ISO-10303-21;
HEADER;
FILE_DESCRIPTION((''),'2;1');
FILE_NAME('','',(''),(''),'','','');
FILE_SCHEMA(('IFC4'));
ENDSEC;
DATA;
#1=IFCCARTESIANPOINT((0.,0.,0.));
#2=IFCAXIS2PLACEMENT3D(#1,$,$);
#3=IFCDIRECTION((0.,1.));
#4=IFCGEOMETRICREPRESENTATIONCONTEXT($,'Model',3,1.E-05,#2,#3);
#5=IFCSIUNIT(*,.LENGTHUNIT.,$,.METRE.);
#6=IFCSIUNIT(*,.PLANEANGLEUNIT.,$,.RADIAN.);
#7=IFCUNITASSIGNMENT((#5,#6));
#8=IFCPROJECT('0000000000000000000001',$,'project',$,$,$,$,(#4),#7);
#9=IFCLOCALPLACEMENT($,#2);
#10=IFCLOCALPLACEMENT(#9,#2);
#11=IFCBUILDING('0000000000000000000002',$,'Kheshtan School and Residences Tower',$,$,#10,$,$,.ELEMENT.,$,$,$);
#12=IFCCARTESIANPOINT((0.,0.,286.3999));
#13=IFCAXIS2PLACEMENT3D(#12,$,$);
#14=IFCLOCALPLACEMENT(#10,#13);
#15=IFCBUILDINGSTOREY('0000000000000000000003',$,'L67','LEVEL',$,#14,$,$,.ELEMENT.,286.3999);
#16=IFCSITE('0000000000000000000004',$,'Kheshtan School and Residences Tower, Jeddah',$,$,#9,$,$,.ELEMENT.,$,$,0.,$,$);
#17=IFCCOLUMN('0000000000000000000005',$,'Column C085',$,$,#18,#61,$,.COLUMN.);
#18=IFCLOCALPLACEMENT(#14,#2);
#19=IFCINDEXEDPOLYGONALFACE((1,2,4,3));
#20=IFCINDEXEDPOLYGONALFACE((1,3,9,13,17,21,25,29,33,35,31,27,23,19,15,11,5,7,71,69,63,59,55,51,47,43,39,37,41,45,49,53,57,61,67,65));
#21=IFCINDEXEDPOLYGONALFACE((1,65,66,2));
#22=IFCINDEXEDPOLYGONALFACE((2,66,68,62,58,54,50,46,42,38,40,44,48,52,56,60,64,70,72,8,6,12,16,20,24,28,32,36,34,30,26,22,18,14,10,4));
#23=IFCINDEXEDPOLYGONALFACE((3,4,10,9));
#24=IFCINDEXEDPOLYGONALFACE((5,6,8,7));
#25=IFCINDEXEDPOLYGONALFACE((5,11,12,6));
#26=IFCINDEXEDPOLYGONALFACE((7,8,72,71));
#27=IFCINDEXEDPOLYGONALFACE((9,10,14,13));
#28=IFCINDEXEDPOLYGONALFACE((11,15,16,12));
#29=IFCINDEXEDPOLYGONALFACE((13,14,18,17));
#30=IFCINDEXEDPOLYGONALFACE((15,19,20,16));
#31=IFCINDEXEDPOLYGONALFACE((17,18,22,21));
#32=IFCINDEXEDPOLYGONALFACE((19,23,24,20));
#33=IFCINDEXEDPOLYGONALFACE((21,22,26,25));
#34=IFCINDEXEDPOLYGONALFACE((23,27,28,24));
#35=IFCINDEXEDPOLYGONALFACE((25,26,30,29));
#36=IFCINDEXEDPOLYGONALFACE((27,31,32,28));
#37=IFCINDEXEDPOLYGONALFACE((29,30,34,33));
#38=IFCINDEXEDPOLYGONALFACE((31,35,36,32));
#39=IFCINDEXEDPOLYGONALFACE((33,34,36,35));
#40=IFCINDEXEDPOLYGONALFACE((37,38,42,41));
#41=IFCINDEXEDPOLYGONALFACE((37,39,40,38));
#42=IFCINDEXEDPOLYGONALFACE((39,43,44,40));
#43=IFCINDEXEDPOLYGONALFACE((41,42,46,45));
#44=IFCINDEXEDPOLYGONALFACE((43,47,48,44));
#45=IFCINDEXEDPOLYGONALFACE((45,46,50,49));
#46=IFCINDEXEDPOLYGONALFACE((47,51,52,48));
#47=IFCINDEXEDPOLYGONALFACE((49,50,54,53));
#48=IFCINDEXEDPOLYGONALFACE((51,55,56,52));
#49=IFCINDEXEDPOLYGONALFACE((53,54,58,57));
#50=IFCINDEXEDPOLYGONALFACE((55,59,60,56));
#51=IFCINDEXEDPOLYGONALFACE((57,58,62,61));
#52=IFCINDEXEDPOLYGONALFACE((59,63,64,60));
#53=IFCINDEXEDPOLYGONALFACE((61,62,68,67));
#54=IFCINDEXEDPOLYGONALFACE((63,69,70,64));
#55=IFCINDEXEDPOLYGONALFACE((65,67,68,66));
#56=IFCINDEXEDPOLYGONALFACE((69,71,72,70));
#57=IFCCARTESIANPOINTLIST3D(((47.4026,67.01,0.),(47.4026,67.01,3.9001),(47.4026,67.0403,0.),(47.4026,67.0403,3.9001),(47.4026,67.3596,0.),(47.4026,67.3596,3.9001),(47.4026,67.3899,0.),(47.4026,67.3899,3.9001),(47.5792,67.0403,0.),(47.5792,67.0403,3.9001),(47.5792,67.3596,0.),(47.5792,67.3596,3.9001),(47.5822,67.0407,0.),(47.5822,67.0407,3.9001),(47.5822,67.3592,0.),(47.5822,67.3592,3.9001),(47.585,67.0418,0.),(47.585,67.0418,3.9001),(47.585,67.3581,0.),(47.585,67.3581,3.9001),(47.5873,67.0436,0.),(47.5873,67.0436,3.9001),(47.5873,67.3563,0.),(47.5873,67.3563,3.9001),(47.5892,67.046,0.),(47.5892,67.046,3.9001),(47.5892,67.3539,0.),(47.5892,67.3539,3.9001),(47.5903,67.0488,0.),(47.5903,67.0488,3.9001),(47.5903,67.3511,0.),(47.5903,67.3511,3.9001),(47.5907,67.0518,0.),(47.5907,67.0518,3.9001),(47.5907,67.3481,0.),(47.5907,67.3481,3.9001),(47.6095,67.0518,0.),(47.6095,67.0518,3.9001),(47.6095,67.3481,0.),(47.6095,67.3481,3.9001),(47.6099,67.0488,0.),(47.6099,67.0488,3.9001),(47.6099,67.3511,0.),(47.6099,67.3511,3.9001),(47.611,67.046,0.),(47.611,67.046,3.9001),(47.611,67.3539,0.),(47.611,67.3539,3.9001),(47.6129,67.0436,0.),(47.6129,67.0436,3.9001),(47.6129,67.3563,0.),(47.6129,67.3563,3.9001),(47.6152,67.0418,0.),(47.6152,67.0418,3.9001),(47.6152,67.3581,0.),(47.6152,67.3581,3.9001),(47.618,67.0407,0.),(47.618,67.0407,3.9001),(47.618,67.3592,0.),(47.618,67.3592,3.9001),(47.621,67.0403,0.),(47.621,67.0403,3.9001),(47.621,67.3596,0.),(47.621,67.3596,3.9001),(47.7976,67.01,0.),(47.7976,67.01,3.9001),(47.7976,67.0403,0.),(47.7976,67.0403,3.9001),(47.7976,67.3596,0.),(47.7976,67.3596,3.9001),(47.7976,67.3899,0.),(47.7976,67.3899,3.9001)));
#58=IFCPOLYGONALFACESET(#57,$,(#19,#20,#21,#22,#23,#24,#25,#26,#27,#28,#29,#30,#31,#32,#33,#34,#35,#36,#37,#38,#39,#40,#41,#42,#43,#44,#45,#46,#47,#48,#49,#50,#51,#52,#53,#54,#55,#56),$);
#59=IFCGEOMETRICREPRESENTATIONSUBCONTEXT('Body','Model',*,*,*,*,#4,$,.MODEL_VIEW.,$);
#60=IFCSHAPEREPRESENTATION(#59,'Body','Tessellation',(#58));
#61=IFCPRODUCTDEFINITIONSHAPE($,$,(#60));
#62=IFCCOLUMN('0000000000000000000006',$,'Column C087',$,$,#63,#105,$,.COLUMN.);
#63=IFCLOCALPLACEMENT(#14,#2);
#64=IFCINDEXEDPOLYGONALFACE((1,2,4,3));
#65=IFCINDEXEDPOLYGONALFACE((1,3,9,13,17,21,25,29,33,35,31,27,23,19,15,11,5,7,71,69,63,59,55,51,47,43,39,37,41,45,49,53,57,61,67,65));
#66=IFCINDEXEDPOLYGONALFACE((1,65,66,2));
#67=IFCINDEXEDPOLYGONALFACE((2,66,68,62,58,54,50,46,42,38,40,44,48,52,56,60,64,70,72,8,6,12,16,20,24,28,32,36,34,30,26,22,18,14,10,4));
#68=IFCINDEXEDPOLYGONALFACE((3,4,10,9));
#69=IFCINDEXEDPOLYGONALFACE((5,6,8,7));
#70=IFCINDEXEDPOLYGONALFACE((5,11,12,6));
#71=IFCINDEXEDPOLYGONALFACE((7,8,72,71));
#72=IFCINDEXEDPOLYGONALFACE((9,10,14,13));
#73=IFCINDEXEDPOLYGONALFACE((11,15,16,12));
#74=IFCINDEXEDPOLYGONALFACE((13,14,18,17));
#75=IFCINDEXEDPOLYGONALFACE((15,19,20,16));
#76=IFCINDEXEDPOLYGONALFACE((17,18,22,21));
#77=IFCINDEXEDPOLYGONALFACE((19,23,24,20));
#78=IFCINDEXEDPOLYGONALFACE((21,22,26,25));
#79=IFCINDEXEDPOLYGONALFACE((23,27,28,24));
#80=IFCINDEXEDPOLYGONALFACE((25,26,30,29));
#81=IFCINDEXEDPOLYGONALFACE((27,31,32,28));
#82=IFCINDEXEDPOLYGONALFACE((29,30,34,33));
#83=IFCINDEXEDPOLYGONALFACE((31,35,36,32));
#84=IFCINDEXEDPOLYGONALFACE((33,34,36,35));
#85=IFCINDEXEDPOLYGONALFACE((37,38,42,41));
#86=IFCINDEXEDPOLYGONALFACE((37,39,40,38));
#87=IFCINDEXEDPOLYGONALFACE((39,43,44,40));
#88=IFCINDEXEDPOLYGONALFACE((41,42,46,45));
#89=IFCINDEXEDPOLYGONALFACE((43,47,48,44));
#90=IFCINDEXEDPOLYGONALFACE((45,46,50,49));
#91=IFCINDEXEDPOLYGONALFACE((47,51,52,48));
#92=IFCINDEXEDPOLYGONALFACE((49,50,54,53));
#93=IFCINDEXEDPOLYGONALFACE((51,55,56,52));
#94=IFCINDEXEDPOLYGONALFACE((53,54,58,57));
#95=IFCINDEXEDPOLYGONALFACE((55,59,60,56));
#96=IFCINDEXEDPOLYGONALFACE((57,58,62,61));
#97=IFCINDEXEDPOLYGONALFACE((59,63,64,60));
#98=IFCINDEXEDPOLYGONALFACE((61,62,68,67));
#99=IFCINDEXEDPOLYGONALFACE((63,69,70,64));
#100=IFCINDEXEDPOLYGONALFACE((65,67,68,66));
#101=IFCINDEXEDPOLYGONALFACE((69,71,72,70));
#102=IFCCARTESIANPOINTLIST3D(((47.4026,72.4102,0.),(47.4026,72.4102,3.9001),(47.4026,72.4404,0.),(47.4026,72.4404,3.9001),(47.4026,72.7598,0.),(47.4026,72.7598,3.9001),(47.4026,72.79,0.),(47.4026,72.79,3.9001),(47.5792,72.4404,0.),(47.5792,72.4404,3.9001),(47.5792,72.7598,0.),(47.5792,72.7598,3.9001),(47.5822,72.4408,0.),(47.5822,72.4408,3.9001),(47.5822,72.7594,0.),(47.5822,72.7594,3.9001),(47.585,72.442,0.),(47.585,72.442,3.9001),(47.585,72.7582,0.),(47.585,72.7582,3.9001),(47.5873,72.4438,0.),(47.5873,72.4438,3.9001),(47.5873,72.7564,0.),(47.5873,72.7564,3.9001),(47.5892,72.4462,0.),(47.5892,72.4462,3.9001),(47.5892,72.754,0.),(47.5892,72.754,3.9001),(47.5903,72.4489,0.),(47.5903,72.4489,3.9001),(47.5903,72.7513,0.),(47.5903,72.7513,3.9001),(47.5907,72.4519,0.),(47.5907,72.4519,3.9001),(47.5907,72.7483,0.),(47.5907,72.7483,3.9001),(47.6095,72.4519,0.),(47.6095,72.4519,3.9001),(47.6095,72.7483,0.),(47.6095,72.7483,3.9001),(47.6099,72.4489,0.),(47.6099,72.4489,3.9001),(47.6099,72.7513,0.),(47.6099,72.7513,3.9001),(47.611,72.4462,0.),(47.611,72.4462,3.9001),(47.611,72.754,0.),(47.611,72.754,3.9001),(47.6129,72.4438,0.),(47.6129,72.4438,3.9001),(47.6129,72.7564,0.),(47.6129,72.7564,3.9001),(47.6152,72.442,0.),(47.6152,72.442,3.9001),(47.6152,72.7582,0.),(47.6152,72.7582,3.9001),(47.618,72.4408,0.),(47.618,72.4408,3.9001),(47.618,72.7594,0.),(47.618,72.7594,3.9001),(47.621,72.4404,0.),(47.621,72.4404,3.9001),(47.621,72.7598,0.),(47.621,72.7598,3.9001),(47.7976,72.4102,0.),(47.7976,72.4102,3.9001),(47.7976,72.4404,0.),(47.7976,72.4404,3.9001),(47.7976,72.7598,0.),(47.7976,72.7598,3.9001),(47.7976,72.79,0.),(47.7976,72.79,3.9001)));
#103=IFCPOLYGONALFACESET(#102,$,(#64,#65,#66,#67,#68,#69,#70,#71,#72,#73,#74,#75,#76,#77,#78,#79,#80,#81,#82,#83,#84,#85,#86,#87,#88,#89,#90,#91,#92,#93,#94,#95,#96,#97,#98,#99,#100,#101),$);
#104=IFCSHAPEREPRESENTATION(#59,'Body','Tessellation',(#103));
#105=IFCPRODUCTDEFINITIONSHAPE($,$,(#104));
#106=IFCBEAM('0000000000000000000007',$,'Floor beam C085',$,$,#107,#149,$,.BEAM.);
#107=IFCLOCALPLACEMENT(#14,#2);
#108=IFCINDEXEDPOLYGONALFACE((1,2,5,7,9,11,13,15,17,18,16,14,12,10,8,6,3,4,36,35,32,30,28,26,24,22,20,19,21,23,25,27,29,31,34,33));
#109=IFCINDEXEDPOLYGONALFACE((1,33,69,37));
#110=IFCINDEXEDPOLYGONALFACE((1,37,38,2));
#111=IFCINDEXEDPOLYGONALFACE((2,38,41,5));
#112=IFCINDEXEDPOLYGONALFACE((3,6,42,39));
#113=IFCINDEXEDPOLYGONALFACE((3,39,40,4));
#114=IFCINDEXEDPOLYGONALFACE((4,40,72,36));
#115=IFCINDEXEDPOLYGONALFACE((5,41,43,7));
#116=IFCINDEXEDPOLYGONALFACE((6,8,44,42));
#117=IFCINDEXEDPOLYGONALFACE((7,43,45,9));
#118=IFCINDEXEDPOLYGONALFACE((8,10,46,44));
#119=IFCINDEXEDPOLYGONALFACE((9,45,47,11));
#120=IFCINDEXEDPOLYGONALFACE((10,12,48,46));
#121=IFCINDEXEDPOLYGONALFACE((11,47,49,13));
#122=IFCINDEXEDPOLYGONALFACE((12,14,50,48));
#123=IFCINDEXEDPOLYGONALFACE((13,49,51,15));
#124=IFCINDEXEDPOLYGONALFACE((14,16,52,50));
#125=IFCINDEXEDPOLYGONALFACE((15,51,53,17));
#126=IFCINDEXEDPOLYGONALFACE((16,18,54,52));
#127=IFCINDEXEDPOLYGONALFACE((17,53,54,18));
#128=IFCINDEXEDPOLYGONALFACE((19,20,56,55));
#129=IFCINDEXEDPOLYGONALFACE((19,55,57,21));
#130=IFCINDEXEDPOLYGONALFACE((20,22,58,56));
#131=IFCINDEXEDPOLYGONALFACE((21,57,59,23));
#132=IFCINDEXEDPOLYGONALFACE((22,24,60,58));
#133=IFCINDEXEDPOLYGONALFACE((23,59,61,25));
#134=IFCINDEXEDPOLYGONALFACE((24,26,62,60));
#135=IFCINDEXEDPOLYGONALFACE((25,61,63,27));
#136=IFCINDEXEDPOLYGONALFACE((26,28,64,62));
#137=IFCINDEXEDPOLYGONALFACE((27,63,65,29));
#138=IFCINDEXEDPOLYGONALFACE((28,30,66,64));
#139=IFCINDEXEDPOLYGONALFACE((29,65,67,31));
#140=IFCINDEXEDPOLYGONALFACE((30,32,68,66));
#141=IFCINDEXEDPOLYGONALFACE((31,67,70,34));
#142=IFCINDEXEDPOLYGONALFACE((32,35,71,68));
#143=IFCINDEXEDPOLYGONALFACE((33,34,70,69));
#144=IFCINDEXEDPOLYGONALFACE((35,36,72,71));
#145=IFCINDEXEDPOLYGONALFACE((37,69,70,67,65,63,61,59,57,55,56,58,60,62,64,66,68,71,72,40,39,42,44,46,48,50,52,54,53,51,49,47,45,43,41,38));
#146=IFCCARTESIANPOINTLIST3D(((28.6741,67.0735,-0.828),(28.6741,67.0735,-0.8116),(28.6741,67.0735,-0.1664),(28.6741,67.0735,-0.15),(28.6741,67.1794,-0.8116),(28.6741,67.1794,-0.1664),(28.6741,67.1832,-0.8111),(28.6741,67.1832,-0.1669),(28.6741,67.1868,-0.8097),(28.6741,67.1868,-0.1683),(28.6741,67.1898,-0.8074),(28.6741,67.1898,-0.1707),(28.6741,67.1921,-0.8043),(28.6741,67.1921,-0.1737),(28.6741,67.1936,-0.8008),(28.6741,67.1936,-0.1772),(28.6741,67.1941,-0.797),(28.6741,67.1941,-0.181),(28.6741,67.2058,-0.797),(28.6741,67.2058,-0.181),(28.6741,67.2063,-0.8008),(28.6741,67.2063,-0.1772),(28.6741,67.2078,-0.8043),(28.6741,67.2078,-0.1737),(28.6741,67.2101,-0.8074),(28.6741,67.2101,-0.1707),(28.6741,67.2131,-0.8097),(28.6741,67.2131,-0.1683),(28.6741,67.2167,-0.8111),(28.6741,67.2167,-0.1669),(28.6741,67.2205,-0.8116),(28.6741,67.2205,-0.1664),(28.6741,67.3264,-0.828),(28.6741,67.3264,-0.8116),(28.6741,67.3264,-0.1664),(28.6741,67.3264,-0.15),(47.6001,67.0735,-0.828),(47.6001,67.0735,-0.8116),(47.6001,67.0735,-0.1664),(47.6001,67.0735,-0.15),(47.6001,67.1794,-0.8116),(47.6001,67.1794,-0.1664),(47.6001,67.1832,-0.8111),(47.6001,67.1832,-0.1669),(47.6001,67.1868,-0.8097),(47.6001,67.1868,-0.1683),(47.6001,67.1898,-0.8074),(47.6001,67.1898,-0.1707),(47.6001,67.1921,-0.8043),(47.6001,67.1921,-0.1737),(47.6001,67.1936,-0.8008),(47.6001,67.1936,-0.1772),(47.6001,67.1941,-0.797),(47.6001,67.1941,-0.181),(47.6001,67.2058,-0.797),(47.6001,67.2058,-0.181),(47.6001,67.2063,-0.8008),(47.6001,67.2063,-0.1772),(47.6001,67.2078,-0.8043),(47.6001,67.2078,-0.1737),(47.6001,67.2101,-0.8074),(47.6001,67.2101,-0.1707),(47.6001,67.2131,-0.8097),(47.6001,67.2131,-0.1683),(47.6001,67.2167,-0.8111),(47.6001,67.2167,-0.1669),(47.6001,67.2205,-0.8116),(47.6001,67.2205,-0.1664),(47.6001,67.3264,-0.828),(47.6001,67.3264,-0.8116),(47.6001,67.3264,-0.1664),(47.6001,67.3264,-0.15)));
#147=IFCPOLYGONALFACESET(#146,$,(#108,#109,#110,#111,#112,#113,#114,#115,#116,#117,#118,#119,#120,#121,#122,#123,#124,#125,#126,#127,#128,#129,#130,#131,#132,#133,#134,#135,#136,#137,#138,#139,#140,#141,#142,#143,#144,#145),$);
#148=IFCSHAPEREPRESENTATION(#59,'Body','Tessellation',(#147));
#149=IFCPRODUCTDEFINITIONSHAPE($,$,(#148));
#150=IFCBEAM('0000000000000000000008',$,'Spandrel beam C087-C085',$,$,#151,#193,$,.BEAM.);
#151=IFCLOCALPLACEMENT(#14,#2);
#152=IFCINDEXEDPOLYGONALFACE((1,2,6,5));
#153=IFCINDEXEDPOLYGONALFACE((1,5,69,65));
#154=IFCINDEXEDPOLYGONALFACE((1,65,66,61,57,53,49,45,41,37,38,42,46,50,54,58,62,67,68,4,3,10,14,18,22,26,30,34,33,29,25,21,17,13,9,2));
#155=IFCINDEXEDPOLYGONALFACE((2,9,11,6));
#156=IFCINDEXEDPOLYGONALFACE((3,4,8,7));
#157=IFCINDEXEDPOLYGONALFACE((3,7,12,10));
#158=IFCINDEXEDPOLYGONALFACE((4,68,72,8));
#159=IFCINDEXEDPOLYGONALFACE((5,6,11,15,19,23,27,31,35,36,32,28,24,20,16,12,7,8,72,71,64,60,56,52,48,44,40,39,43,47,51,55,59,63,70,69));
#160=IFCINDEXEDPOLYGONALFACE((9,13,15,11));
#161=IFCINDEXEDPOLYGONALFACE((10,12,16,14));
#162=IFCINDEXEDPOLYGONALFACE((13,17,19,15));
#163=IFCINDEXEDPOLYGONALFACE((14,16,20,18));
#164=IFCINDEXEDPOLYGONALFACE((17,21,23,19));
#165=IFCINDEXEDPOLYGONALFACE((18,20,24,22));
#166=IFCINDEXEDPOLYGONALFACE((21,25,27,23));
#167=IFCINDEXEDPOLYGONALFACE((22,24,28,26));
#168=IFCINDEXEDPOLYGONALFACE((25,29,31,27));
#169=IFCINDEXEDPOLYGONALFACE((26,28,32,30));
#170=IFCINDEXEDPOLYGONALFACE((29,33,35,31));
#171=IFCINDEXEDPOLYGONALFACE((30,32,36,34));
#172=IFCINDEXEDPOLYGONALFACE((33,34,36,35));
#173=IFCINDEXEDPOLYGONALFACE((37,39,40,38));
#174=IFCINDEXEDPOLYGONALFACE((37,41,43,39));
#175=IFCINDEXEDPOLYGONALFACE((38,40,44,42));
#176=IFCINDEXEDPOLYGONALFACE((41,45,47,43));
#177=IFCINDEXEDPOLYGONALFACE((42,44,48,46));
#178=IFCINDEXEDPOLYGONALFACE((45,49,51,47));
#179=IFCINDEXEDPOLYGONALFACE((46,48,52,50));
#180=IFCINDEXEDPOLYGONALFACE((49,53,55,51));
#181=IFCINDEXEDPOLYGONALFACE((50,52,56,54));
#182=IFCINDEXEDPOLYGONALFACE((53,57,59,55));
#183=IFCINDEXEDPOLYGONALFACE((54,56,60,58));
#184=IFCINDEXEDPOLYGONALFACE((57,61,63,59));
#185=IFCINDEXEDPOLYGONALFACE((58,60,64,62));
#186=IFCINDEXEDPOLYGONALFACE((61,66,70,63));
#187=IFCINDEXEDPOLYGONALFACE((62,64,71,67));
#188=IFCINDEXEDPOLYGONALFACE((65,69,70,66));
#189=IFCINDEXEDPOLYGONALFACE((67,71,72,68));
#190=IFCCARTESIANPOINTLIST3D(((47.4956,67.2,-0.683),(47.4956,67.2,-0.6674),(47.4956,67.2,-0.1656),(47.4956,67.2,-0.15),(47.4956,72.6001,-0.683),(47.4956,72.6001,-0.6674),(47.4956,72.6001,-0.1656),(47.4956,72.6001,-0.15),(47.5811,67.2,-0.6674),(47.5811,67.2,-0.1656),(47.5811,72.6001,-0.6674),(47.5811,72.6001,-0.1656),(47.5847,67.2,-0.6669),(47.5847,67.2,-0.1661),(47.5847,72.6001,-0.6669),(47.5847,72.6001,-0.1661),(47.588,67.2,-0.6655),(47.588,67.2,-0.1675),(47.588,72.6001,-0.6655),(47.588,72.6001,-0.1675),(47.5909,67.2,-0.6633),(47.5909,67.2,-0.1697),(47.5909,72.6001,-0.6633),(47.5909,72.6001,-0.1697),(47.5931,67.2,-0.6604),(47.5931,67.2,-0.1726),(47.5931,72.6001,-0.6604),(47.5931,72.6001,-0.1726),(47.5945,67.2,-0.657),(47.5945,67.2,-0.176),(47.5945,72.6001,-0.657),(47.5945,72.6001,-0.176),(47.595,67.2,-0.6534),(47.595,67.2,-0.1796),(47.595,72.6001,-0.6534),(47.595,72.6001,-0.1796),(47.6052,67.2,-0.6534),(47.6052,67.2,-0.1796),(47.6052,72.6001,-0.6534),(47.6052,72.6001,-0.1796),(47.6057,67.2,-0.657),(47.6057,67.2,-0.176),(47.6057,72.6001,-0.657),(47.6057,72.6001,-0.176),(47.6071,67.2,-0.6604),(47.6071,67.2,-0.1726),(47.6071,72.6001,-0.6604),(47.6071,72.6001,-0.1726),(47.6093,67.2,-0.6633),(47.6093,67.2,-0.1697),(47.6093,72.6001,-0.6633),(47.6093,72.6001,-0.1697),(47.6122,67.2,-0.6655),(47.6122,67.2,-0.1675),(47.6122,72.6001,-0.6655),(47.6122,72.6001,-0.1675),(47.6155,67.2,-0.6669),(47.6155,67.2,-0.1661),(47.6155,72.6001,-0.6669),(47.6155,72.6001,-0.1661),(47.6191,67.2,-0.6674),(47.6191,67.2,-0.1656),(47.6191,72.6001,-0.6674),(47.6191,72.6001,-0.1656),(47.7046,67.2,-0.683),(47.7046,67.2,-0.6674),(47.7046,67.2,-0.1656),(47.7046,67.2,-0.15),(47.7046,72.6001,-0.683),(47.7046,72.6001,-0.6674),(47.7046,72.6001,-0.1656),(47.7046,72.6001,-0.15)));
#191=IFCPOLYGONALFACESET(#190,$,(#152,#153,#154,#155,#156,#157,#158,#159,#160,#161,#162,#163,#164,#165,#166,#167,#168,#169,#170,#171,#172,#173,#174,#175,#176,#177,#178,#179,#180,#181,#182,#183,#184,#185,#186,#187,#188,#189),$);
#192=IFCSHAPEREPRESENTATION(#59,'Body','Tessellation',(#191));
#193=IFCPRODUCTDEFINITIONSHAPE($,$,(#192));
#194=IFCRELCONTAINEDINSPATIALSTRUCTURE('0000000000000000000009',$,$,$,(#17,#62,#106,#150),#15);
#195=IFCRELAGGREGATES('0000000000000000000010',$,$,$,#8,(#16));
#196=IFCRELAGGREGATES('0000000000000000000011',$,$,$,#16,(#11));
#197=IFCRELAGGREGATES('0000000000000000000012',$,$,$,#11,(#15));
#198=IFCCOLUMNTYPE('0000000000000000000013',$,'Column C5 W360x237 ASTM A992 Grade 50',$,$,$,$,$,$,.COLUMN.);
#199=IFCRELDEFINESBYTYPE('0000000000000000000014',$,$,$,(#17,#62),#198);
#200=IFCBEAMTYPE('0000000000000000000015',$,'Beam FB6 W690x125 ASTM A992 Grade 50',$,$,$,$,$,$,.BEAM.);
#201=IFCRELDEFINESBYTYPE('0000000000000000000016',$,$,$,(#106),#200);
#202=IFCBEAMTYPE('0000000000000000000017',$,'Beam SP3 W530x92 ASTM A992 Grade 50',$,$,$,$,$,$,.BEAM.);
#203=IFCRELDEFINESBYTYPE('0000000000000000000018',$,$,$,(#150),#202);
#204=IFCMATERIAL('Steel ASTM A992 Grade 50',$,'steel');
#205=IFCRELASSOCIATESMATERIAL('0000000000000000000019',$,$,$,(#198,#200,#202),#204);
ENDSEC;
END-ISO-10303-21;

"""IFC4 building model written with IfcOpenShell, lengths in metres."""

from ifc_helpers import new_model, si_unit, direction, frame, origin, origin_2d, place, context, subcontext, project, spatial, i_section, extrude, material, material_profile, profile_set, type_object, element, save


model = new_model("IFC4")

# Units and contexts
model_context = context("Model", 3, precision=1e-05, world=origin(), true_north=direction((0.0, 1.0)))
body_context = subcontext(model_context, "Body", "Model", "MODEL_VIEW")
ifc_project = project(units=[si_unit("LENGTHUNIT", "METRE"), si_unit("PLANEANGLEUNIT", "RADIAN")], contexts=[model_context])

# Site, building, storey
site_placement = place(None, origin())
site = spatial("IfcSite", under=ifc_project, at=site_placement, Name="Kheshtan School and Residences Tower, Jeddah", CompositionType="ELEMENT", RefElevation=0.0)
building_placement = place(site_placement, origin())
building = spatial("IfcBuilding", under=site, at=building_placement, Name="Kheshtan School and Residences Tower", CompositionType="ELEMENT")
storey_placement = place(building_placement, frame((0.0, 0.0, 286.3999)))
storey = spatial("IfcBuildingStorey", under=building, at=storey_placement, Name="L67", Description="LEVEL", CompositionType="ELEMENT", Elevation=286.3999)

# Columns
ifc_material_1 = material(Name="Steel ASTM A992 Grade 50", Category="steel")
ifc_material_profile_1 = material_profile(ifc_material_1, i_section(OverallWidth=0.395, OverallDepth=0.3799, WebThickness=0.0188, FlangeThickness=0.0303, FilletRadius=0.0115, at=origin_2d()), Name="W360x237")
ifc_profile_set_1 = profile_set([ifc_material_profile_1], Name="Steel ASTM A992 Grade 50")
column_type = type_object("IfcColumnType", Name="Column C5 W360x237 ASTM A992 Grade 50", PredefinedType="COLUMN", material=ifc_profile_set_1)
for number, where, z_axis, x_axis, name in (
    (1, (47.6001, 67.2, 0.0), (0.0, 0.0, 1.0), (1.0, 0.0, 0.0), "Column C085"),
    (2, (47.6001, 72.6001, 0.0), (0.0, 0.0, 1.0), (1.0, 0.0, 0.0), "Column C087"),
):
    element("IfcColumn", number, at=place(storey_placement, frame(where, z_axis=z_axis, x_axis=x_axis)), inside=storey, type_object=column_type, Name=name, PredefinedType="COLUMN", context=body_context, shape_type="SweptSolid", body=[
        extrude(i_section(OverallWidth=0.395, OverallDepth=0.3799, WebThickness=0.0188, FlangeThickness=0.0303, FilletRadius=0.0115, at=origin_2d()), origin(), (0.0, 0.0, 1.0), 3.9001),
    ])

# Beams
ifc_material_profile_2 = material_profile(ifc_material_1, i_section(OverallWidth=0.2529, OverallDepth=0.678, WebThickness=0.0117, FlangeThickness=0.0164, FilletRadius=0.0146, at=origin_2d()), Name="W690x125")
ifc_profile_set_2 = profile_set([ifc_material_profile_2], Name="Steel ASTM A992 Grade 50")
beam_type_1 = type_object("IfcBeamType", Name="Beam FB6 W690x125 ASTM A992 Grade 50", PredefinedType="BEAM", material=ifc_profile_set_2)
beam_1_placement = place(storey_placement, frame((47.6001, 67.2, -0.489), z_axis=(-1.0, 0.0, 0.0), x_axis=(0.0, -1.0, 0.0)))
element("IfcBeam", 3, at=beam_1_placement, inside=storey, type_object=beam_type_1, Name="Floor beam C085", PredefinedType="BEAM", context=body_context, shape_type="SweptSolid", body=[
    extrude(i_section(OverallWidth=0.2529, OverallDepth=0.678, WebThickness=0.0117, FlangeThickness=0.0164, FilletRadius=0.0146, at=origin_2d()), origin(), (0.0, 0.0, 1.0), 18.926),
])
ifc_material_profile_3 = material_profile(ifc_material_1, i_section(OverallWidth=0.209, OverallDepth=0.533, WebThickness=0.0103, FlangeThickness=0.0156, FilletRadius=0.0139, at=origin_2d()), Name="W530x92")
ifc_profile_set_3 = profile_set([ifc_material_profile_3], Name="Steel ASTM A992 Grade 50")
beam_type_2 = type_object("IfcBeamType", Name="Beam SP3 W530x92 ASTM A992 Grade 50", PredefinedType="BEAM", material=ifc_profile_set_3)
beam_2_placement = place(storey_placement, frame((47.6001, 72.6001, -0.4165), z_axis=(0.0, -1.0, 0.0), x_axis=(1.0, 0.0, 0.0)))
element("IfcBeam", 4, at=beam_2_placement, inside=storey, type_object=beam_type_2, Name="Spandrel beam C087-C085", PredefinedType="BEAM", context=body_context, shape_type="SweptSolid", body=[
    extrude(i_section(OverallWidth=0.209, OverallDepth=0.533, WebThickness=0.0103, FlangeThickness=0.0156, FilletRadius=0.0139, at=origin_2d()), origin(), (0.0, 0.0, 1.0), 5.4001),
])

save(model, "model.ifc")
